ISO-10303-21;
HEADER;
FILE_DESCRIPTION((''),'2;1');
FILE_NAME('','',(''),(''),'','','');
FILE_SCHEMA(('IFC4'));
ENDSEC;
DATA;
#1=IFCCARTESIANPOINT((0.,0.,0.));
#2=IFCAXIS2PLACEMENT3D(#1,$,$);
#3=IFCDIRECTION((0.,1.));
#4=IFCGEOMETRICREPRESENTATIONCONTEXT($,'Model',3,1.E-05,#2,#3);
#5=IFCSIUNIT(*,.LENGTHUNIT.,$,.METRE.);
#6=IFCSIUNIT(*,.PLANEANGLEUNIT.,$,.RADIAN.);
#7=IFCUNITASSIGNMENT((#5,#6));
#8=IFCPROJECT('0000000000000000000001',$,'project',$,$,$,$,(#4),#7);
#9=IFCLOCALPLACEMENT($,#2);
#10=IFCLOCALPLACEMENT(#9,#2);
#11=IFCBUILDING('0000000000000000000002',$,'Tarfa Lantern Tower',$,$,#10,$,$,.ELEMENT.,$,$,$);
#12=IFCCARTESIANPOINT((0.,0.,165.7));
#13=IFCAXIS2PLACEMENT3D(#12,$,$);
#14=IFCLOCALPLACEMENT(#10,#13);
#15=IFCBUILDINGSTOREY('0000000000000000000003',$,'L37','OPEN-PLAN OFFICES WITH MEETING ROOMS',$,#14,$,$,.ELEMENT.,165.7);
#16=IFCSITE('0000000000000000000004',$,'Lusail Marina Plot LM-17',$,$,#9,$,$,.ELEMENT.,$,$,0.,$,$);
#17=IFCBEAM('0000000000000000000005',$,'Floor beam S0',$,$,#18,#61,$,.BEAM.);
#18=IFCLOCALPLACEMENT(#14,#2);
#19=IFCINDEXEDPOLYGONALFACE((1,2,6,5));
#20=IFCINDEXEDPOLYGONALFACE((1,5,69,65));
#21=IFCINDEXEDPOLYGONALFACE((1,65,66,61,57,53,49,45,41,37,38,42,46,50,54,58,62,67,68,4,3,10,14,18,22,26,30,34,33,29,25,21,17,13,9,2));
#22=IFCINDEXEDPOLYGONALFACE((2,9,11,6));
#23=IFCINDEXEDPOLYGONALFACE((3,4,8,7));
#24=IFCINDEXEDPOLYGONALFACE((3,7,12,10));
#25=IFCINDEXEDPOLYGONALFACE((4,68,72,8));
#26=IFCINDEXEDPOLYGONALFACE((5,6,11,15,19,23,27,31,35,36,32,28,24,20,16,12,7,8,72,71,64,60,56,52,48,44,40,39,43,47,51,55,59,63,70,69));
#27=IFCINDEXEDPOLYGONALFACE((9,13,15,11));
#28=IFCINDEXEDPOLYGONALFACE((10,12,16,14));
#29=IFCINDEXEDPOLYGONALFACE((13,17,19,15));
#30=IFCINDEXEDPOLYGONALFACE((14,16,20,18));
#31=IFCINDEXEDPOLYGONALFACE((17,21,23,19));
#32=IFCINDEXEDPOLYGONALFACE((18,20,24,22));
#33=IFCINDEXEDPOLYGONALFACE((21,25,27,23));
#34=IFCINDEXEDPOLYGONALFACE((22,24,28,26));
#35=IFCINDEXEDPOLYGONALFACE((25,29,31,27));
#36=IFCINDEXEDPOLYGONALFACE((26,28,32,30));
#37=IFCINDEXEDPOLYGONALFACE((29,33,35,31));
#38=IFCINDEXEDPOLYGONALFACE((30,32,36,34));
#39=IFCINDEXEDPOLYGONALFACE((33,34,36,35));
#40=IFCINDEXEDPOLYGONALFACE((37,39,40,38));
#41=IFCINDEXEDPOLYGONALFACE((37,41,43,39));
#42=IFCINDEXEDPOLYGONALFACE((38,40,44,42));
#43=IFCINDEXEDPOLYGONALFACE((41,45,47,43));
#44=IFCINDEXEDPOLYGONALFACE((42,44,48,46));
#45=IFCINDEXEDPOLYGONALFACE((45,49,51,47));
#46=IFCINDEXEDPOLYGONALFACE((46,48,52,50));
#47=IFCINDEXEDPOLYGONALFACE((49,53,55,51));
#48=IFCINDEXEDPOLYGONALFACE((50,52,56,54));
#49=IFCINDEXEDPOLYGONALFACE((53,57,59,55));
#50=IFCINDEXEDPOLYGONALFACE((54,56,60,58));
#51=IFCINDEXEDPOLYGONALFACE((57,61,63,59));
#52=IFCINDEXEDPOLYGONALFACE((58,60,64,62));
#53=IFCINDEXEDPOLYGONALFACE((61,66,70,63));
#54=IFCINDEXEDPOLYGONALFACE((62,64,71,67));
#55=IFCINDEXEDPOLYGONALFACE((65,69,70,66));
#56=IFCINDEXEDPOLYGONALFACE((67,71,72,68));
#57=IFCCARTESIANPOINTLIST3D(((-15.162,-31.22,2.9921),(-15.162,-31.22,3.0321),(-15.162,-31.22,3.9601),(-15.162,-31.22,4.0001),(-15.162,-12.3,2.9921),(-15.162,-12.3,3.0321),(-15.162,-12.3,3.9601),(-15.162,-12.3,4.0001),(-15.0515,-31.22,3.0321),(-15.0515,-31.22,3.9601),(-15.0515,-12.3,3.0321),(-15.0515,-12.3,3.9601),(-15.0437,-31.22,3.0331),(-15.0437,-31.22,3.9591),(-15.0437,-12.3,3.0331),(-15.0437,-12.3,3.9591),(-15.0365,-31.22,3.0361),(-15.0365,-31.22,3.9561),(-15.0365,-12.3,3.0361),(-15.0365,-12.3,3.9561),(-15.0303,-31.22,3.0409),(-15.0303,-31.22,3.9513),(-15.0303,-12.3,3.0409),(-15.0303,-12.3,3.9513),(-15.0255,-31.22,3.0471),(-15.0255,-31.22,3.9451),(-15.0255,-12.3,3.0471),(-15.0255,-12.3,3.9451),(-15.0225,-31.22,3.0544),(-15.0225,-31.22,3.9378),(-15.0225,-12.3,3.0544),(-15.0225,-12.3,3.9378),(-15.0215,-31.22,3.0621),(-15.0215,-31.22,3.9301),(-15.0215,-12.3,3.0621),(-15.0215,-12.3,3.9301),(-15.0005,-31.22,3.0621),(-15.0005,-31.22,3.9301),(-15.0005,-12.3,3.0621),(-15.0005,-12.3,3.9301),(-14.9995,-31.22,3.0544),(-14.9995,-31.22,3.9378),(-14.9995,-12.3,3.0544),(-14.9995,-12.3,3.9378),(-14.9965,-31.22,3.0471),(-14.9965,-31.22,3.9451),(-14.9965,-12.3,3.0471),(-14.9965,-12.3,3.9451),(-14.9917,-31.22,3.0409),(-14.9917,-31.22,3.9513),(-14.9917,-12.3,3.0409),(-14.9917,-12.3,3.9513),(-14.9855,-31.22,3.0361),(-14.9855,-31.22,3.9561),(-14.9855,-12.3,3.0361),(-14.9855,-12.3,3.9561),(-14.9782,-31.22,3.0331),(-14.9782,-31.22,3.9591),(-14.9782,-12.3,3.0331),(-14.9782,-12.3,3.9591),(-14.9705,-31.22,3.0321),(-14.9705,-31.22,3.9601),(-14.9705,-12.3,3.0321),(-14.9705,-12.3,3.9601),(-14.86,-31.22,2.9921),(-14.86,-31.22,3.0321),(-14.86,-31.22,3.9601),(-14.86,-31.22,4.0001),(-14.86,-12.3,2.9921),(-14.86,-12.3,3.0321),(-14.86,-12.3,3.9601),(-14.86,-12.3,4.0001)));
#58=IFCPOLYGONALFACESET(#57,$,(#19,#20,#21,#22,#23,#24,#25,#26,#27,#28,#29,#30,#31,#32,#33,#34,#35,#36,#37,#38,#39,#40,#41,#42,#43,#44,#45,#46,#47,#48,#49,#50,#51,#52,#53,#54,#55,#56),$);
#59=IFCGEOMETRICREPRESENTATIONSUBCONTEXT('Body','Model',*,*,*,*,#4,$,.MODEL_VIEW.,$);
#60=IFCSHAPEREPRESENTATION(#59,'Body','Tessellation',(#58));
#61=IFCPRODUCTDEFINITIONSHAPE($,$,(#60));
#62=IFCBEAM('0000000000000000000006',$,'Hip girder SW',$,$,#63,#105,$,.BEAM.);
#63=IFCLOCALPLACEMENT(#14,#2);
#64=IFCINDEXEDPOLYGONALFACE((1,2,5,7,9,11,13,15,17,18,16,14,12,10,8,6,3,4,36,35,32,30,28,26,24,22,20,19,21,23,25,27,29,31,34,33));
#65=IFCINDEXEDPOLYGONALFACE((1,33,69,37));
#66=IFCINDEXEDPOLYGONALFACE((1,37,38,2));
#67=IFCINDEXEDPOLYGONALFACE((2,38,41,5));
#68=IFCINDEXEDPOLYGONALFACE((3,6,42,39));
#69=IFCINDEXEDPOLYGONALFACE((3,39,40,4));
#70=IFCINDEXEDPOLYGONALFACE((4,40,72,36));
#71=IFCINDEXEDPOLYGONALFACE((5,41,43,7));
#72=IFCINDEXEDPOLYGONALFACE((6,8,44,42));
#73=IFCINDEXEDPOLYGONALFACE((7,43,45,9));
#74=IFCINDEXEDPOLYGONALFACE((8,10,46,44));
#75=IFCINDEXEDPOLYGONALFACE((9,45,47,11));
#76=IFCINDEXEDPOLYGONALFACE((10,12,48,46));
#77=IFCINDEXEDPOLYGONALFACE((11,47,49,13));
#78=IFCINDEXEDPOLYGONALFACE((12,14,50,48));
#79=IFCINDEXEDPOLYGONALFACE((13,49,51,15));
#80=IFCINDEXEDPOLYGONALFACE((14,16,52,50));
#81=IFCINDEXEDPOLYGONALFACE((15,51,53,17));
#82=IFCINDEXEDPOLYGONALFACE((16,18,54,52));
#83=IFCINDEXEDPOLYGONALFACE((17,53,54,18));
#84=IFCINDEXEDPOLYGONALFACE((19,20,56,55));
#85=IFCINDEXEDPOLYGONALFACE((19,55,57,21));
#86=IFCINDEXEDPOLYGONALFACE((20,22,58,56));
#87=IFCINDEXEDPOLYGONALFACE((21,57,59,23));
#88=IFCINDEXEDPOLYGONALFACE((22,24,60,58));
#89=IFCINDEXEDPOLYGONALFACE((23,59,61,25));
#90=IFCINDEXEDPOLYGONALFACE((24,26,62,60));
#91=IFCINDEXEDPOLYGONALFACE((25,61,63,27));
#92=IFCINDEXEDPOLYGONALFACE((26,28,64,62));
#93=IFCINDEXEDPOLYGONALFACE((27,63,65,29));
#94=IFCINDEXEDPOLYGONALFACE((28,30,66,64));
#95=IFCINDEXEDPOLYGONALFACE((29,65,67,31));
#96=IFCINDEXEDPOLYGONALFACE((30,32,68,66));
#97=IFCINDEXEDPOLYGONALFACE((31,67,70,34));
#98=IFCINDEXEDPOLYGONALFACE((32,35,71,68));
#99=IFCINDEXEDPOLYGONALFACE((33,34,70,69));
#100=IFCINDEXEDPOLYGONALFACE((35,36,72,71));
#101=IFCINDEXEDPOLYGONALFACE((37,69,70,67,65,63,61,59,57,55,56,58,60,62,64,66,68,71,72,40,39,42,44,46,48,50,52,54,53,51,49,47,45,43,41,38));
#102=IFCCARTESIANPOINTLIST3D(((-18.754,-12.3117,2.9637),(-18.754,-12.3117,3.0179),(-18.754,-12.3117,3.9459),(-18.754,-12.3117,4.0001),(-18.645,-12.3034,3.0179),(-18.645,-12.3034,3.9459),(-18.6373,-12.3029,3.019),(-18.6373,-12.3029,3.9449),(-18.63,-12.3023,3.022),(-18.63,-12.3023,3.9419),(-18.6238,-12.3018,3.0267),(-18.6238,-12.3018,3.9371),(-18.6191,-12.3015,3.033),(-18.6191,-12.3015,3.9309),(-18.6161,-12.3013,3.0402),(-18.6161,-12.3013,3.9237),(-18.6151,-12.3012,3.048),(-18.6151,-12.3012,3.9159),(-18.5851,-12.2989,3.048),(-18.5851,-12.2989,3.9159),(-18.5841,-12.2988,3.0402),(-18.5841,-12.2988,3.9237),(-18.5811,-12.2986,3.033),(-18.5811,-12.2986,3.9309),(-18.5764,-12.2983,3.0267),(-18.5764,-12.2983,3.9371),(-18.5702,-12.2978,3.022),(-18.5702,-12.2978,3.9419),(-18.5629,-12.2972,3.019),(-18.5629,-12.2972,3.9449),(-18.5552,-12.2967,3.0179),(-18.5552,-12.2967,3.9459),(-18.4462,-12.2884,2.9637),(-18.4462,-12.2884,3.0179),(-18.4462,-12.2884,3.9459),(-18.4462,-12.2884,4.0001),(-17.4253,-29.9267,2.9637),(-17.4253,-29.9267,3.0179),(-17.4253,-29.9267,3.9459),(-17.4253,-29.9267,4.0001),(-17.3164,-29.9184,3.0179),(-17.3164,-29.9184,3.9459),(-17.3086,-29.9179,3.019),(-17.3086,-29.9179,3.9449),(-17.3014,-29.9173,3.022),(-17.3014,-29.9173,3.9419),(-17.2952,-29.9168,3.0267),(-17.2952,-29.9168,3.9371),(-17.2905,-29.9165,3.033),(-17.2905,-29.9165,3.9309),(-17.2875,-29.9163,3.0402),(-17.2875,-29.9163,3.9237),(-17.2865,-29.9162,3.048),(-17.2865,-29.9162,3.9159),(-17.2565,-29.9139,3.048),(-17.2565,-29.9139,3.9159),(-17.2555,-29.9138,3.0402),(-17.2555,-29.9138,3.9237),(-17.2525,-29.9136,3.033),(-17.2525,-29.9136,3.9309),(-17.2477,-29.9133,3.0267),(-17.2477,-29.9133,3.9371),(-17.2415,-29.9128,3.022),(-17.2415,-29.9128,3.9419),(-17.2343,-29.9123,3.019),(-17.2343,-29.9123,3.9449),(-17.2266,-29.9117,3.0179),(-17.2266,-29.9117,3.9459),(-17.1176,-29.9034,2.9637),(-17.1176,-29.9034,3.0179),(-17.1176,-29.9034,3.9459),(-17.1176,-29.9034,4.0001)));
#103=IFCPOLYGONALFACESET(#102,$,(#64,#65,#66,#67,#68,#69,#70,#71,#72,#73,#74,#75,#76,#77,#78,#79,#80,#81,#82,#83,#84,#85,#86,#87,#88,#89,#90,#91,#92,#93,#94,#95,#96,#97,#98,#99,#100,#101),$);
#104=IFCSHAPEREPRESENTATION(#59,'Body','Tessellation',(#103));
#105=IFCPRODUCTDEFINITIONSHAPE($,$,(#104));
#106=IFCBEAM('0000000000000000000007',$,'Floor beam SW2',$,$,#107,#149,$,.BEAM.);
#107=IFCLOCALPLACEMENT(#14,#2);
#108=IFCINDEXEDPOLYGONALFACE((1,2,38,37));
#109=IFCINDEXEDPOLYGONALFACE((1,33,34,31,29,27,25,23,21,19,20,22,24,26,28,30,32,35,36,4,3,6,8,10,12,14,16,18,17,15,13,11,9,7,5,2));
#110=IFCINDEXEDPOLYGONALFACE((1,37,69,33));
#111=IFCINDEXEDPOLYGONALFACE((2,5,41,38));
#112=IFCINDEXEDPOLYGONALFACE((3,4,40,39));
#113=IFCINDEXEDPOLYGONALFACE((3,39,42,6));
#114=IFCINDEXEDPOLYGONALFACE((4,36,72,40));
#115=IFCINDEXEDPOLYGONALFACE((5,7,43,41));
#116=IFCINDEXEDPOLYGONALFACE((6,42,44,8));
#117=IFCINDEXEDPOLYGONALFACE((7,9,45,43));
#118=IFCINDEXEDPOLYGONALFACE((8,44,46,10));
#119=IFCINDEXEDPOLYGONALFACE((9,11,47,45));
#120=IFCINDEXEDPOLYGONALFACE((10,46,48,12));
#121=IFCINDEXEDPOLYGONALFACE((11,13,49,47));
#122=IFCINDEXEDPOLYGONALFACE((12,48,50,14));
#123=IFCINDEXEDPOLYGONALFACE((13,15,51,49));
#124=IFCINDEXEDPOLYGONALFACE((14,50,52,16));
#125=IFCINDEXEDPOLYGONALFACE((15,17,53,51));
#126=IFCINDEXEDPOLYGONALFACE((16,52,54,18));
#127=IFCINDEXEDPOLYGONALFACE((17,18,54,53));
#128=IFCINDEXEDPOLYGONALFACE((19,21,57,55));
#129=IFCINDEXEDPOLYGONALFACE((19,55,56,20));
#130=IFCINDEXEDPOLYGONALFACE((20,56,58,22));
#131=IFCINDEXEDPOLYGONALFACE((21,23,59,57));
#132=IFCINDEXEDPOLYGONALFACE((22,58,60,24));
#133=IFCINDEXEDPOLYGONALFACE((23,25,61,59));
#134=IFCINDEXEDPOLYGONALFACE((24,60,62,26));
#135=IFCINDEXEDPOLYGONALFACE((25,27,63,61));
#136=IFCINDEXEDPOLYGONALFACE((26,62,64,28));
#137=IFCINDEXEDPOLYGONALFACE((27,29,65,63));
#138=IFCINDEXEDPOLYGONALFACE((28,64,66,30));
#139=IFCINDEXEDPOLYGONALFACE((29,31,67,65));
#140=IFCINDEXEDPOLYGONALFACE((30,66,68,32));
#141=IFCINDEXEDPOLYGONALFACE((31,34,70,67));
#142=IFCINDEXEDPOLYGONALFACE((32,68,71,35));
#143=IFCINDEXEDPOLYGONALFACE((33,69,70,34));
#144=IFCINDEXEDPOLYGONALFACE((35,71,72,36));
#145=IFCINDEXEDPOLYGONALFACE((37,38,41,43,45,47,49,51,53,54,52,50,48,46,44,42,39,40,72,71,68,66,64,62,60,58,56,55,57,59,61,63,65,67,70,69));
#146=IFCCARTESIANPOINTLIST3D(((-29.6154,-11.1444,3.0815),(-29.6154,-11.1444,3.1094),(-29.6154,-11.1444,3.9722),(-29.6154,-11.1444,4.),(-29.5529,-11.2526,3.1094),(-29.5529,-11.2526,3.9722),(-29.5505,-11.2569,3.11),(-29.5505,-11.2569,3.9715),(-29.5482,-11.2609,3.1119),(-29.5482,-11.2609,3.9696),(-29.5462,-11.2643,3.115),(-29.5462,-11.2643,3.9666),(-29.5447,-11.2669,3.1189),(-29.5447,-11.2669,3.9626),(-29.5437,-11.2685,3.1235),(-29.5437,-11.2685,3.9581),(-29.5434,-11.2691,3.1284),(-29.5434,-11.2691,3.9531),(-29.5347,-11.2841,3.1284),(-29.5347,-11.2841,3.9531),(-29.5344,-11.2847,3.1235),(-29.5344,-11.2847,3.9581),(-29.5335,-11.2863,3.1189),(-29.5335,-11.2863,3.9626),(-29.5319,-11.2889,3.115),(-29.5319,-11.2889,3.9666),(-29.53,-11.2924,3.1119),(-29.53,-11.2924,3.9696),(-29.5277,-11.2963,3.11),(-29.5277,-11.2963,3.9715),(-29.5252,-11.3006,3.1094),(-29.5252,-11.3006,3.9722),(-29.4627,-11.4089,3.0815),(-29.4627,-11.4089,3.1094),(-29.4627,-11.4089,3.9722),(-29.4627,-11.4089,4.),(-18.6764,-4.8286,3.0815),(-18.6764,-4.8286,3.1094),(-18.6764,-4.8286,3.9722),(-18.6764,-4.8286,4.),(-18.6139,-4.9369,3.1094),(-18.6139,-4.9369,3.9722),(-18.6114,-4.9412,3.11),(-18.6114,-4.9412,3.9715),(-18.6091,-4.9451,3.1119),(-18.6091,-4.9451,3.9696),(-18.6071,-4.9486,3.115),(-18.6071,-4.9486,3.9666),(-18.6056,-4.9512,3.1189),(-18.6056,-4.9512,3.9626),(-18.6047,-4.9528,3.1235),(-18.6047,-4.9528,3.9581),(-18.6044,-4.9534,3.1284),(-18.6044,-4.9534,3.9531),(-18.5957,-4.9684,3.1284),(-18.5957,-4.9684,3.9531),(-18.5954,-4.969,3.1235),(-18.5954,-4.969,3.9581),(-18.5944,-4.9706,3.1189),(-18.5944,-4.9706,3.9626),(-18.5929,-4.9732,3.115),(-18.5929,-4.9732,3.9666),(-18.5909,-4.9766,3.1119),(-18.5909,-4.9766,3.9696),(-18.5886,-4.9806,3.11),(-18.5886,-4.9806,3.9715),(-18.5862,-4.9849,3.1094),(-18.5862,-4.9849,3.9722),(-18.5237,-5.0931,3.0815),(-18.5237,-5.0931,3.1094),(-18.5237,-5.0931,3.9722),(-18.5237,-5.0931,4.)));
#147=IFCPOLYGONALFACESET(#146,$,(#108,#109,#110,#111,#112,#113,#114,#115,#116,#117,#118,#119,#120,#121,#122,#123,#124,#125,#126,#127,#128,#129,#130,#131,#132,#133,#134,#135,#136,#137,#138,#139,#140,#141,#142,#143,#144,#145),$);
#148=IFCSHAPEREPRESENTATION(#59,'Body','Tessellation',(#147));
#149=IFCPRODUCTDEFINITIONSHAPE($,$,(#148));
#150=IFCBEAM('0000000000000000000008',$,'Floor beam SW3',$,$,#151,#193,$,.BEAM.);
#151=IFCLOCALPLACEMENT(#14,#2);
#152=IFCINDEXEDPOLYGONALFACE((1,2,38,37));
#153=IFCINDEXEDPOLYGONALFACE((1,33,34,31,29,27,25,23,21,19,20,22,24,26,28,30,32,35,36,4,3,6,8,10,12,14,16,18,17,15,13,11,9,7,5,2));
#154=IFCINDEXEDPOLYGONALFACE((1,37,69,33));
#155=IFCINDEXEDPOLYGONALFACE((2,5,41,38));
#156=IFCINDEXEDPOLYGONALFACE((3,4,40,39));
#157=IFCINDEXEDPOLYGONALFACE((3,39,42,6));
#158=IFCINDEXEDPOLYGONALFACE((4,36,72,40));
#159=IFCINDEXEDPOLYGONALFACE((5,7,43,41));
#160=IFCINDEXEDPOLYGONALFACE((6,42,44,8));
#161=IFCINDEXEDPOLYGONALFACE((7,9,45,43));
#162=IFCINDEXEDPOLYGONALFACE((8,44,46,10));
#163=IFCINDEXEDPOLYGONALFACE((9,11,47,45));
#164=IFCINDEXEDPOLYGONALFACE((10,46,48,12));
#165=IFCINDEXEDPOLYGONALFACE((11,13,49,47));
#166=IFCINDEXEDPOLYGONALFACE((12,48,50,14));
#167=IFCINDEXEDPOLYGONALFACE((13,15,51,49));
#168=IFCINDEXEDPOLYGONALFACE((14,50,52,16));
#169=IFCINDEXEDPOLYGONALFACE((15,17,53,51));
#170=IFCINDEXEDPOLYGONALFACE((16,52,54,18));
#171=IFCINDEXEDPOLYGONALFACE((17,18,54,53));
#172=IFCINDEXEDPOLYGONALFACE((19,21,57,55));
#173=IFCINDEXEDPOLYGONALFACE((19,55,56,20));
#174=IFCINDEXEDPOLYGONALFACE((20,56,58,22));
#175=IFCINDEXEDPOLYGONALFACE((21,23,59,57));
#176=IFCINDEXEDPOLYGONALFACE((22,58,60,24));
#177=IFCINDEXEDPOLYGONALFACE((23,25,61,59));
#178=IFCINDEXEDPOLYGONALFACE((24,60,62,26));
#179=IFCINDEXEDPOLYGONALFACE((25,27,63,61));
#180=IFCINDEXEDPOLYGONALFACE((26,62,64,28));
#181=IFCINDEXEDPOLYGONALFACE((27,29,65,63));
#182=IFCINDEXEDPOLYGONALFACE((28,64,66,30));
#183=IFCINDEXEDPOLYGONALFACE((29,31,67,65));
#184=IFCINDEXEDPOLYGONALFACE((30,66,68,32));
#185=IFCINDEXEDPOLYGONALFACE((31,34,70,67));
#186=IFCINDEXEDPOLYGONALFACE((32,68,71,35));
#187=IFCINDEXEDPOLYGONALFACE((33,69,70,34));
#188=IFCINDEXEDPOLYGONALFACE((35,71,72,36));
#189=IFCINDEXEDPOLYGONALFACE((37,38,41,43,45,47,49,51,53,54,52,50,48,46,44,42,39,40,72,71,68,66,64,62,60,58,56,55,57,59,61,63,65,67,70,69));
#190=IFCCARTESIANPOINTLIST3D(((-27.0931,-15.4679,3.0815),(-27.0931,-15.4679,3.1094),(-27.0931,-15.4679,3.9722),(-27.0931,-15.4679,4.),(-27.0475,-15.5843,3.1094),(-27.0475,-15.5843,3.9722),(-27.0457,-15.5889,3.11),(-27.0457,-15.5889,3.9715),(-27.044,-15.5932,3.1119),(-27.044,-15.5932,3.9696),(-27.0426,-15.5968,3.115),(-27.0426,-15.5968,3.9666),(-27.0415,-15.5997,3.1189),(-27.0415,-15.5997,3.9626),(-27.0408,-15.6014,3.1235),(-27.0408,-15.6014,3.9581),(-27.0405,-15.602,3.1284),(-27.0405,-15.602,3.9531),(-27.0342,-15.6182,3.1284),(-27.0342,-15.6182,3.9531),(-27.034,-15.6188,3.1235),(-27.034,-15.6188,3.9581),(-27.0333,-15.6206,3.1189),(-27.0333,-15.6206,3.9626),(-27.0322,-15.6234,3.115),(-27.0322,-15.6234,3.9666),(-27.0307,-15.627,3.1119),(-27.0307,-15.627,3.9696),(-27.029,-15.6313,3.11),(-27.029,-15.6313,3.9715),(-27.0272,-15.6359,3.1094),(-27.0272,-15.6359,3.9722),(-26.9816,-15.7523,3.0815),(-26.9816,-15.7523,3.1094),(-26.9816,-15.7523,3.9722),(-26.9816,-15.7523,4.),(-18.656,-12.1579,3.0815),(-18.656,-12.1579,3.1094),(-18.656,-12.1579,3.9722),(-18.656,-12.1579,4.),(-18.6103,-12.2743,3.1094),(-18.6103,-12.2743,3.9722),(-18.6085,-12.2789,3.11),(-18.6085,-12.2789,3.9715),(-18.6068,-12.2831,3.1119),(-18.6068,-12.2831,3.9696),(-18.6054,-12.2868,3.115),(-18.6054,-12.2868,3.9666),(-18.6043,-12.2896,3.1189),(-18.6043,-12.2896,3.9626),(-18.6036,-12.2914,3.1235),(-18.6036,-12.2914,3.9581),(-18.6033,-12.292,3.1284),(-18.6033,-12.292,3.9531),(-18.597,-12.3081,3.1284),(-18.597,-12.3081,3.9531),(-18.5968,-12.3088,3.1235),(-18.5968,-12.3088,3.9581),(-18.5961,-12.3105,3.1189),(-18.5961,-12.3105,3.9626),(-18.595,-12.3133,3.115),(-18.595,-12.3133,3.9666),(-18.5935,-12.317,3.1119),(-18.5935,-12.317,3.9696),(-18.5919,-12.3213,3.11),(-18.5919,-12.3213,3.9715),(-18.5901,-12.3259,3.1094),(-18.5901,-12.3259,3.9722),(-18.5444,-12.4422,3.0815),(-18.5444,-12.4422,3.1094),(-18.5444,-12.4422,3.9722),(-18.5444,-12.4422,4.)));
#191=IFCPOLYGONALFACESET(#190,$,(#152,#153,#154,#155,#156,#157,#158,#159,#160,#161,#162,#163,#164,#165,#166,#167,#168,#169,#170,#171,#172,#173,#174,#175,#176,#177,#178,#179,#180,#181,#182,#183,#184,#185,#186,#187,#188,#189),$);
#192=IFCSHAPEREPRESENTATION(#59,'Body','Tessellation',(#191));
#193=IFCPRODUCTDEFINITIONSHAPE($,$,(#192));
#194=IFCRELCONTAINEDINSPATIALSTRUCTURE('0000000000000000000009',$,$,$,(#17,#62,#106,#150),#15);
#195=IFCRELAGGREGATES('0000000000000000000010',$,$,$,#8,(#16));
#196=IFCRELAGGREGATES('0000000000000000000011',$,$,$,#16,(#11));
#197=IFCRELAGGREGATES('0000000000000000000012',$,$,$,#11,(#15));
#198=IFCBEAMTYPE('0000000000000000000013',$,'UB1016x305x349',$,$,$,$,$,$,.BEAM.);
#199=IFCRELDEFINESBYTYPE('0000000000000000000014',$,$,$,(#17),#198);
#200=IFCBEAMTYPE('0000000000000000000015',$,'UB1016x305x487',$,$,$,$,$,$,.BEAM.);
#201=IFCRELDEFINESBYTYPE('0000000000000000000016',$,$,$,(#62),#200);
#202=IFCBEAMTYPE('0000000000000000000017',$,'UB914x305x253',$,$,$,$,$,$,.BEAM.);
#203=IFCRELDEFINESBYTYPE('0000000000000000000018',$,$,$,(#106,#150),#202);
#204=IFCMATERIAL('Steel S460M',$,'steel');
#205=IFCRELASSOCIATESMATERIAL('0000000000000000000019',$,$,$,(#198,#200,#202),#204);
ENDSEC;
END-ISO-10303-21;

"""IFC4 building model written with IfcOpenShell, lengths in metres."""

from ifc_helpers import new_model, si_unit, direction, frame, origin, origin_2d, place, context, subcontext, project, spatial, i_section, extrude, material, material_profile, profile_set, type_object, element, save


model = new_model("IFC4")

# Units and contexts
model_context = context("Model", 3, precision=1e-05, world=origin(), true_north=direction((0.0, 1.0)))
body_context = subcontext(model_context, "Body", "Model", "MODEL_VIEW")
ifc_project = project(units=[si_unit("LENGTHUNIT", "METRE"), si_unit("PLANEANGLEUNIT", "RADIAN")], contexts=[model_context])

# Site, building, storey
site_placement = place(None, origin())
site = spatial("IfcSite", under=ifc_project, at=site_placement, Name="Lusail Marina Plot LM-17", CompositionType="ELEMENT", RefElevation=0.0)
building_placement = place(site_placement, origin())
building = spatial("IfcBuilding", under=site, at=building_placement, Name="Tarfa Lantern Tower", CompositionType="ELEMENT")
storey_placement = place(building_placement, frame((0.0, 0.0, 165.7)))
storey = spatial("IfcBuildingStorey", under=building, at=storey_placement, Name="L37", Description="OPEN-PLAN OFFICES WITH MEETING ROOMS", CompositionType="ELEMENT", Elevation=165.7)

# Beams
ifc_material_1 = material(Name="Steel S460M", Category="steel")
ifc_material_profile_1 = material_profile(ifc_material_1, i_section(OverallWidth=0.302, OverallDepth=1.0081, WebThickness=0.021, FlangeThickness=0.04, FilletRadius=0.03, at=origin_2d()), Name="UB1016x305x349")
ifc_profile_set_1 = profile_set([ifc_material_profile_1], Name="Steel S460M")
beam_type_1 = type_object("IfcBeamType", Name="UB1016x305x349", PredefinedType="BEAM", material=ifc_profile_set_1)
beam_1_placement = place(storey_placement, frame((-15.011, -31.22, 3.4961), z_axis=(0.0, 1.0, 0.0), x_axis=(-1.0, 0.0, 0.0)))
element("IfcBeam", 1, at=beam_1_placement, inside=storey, type_object=beam_type_1, Name="Floor beam S0", PredefinedType="BEAM", context=body_context, shape_type="SweptSolid", body=[
    extrude(i_section(OverallWidth=0.302, OverallDepth=1.0081, WebThickness=0.021, FlangeThickness=0.04, FilletRadius=0.03, at=origin_2d()), origin(), (0.0, 0.0, 1.0), 18.9199),
])
ifc_material_profile_2 = material_profile(ifc_material_1, i_section(OverallWidth=0.3086, OverallDepth=1.0364, WebThickness=0.03, FlangeThickness=0.0542, FilletRadius=0.03, at=origin_2d()), Name="UB1016x305x487")
ifc_profile_set_2 = profile_set([ifc_material_profile_2], Name="Steel S460M")
beam_type_2 = type_object("IfcBeamType", Name="UB1016x305x487", PredefinedType="BEAM", material=ifc_profile_set_2)
beam_2_placement = place(storey_placement, frame((-18.6001, -12.3, 3.4819), z_axis=(0.075212, -0.997168, 0.0), x_axis=(0.997168, 0.075212, 0.0)))
element("IfcBeam", 2, at=beam_2_placement, inside=storey, type_object=beam_type_2, Name="Hip girder SW", PredefinedType="BEAM", context=body_context, shape_type="SweptSolid", body=[
    extrude(i_section(OverallWidth=0.3086, OverallDepth=1.0364, WebThickness=0.03, FlangeThickness=0.0542, FilletRadius=0.03, at=origin_2d()), origin(), (0.0, 0.0, 1.0), 17.665),
])
ifc_material_profile_3 = material_profile(ifc_material_1, i_section(OverallWidth=0.3054, OverallDepth=0.9185, WebThickness=0.0173, FlangeThickness=0.0278, FilletRadius=0.019, at=origin_2d()), Name="UB914x305x253")
ifc_profile_set_3 = profile_set([ifc_material_profile_3], Name="Steel S460M")
beam_type_3 = type_object("IfcBeamType", Name="UB914x305x253", PredefinedType="BEAM", material=ifc_profile_set_3)
beam_3_placement = place(storey_placement, frame((-29.5391, -11.2766, 3.5408), z_axis=(0.866023, 0.500004, 0.0), x_axis=(-0.500004, 0.866023, 0.0)))
element("IfcBeam", 3, at=beam_3_placement, inside=storey, type_object=beam_type_3, Name="Floor beam SW2", PredefinedType="BEAM", context=body_context, shape_type="SweptSolid", body=[
    extrude(i_section(OverallWidth=0.3054, OverallDepth=0.9185, WebThickness=0.0173, FlangeThickness=0.0278, FilletRadius=0.019, at=origin_2d()), origin(), (0.0, 0.0, 1.0), 12.6313),
])
beam_4_placement = place(storey_placement, frame((-27.0374, -15.6101, 3.5408), z_axis=(0.930923, 0.365215, 0.0), x_axis=(-0.365215, 0.930923, 0.0)))
element("IfcBeam", 4, at=beam_4_placement, inside=storey, type_object=beam_type_3, Name="Floor beam SW3", PredefinedType="BEAM", context=body_context, shape_type="SweptSolid", body=[
    extrude(i_section(OverallWidth=0.3054, OverallDepth=0.9185, WebThickness=0.0173, FlangeThickness=0.0278, FilletRadius=0.019, at=origin_2d()), origin(), (0.0, 0.0, 1.0), 9.0632),
])

save(model, "model.ifc")
